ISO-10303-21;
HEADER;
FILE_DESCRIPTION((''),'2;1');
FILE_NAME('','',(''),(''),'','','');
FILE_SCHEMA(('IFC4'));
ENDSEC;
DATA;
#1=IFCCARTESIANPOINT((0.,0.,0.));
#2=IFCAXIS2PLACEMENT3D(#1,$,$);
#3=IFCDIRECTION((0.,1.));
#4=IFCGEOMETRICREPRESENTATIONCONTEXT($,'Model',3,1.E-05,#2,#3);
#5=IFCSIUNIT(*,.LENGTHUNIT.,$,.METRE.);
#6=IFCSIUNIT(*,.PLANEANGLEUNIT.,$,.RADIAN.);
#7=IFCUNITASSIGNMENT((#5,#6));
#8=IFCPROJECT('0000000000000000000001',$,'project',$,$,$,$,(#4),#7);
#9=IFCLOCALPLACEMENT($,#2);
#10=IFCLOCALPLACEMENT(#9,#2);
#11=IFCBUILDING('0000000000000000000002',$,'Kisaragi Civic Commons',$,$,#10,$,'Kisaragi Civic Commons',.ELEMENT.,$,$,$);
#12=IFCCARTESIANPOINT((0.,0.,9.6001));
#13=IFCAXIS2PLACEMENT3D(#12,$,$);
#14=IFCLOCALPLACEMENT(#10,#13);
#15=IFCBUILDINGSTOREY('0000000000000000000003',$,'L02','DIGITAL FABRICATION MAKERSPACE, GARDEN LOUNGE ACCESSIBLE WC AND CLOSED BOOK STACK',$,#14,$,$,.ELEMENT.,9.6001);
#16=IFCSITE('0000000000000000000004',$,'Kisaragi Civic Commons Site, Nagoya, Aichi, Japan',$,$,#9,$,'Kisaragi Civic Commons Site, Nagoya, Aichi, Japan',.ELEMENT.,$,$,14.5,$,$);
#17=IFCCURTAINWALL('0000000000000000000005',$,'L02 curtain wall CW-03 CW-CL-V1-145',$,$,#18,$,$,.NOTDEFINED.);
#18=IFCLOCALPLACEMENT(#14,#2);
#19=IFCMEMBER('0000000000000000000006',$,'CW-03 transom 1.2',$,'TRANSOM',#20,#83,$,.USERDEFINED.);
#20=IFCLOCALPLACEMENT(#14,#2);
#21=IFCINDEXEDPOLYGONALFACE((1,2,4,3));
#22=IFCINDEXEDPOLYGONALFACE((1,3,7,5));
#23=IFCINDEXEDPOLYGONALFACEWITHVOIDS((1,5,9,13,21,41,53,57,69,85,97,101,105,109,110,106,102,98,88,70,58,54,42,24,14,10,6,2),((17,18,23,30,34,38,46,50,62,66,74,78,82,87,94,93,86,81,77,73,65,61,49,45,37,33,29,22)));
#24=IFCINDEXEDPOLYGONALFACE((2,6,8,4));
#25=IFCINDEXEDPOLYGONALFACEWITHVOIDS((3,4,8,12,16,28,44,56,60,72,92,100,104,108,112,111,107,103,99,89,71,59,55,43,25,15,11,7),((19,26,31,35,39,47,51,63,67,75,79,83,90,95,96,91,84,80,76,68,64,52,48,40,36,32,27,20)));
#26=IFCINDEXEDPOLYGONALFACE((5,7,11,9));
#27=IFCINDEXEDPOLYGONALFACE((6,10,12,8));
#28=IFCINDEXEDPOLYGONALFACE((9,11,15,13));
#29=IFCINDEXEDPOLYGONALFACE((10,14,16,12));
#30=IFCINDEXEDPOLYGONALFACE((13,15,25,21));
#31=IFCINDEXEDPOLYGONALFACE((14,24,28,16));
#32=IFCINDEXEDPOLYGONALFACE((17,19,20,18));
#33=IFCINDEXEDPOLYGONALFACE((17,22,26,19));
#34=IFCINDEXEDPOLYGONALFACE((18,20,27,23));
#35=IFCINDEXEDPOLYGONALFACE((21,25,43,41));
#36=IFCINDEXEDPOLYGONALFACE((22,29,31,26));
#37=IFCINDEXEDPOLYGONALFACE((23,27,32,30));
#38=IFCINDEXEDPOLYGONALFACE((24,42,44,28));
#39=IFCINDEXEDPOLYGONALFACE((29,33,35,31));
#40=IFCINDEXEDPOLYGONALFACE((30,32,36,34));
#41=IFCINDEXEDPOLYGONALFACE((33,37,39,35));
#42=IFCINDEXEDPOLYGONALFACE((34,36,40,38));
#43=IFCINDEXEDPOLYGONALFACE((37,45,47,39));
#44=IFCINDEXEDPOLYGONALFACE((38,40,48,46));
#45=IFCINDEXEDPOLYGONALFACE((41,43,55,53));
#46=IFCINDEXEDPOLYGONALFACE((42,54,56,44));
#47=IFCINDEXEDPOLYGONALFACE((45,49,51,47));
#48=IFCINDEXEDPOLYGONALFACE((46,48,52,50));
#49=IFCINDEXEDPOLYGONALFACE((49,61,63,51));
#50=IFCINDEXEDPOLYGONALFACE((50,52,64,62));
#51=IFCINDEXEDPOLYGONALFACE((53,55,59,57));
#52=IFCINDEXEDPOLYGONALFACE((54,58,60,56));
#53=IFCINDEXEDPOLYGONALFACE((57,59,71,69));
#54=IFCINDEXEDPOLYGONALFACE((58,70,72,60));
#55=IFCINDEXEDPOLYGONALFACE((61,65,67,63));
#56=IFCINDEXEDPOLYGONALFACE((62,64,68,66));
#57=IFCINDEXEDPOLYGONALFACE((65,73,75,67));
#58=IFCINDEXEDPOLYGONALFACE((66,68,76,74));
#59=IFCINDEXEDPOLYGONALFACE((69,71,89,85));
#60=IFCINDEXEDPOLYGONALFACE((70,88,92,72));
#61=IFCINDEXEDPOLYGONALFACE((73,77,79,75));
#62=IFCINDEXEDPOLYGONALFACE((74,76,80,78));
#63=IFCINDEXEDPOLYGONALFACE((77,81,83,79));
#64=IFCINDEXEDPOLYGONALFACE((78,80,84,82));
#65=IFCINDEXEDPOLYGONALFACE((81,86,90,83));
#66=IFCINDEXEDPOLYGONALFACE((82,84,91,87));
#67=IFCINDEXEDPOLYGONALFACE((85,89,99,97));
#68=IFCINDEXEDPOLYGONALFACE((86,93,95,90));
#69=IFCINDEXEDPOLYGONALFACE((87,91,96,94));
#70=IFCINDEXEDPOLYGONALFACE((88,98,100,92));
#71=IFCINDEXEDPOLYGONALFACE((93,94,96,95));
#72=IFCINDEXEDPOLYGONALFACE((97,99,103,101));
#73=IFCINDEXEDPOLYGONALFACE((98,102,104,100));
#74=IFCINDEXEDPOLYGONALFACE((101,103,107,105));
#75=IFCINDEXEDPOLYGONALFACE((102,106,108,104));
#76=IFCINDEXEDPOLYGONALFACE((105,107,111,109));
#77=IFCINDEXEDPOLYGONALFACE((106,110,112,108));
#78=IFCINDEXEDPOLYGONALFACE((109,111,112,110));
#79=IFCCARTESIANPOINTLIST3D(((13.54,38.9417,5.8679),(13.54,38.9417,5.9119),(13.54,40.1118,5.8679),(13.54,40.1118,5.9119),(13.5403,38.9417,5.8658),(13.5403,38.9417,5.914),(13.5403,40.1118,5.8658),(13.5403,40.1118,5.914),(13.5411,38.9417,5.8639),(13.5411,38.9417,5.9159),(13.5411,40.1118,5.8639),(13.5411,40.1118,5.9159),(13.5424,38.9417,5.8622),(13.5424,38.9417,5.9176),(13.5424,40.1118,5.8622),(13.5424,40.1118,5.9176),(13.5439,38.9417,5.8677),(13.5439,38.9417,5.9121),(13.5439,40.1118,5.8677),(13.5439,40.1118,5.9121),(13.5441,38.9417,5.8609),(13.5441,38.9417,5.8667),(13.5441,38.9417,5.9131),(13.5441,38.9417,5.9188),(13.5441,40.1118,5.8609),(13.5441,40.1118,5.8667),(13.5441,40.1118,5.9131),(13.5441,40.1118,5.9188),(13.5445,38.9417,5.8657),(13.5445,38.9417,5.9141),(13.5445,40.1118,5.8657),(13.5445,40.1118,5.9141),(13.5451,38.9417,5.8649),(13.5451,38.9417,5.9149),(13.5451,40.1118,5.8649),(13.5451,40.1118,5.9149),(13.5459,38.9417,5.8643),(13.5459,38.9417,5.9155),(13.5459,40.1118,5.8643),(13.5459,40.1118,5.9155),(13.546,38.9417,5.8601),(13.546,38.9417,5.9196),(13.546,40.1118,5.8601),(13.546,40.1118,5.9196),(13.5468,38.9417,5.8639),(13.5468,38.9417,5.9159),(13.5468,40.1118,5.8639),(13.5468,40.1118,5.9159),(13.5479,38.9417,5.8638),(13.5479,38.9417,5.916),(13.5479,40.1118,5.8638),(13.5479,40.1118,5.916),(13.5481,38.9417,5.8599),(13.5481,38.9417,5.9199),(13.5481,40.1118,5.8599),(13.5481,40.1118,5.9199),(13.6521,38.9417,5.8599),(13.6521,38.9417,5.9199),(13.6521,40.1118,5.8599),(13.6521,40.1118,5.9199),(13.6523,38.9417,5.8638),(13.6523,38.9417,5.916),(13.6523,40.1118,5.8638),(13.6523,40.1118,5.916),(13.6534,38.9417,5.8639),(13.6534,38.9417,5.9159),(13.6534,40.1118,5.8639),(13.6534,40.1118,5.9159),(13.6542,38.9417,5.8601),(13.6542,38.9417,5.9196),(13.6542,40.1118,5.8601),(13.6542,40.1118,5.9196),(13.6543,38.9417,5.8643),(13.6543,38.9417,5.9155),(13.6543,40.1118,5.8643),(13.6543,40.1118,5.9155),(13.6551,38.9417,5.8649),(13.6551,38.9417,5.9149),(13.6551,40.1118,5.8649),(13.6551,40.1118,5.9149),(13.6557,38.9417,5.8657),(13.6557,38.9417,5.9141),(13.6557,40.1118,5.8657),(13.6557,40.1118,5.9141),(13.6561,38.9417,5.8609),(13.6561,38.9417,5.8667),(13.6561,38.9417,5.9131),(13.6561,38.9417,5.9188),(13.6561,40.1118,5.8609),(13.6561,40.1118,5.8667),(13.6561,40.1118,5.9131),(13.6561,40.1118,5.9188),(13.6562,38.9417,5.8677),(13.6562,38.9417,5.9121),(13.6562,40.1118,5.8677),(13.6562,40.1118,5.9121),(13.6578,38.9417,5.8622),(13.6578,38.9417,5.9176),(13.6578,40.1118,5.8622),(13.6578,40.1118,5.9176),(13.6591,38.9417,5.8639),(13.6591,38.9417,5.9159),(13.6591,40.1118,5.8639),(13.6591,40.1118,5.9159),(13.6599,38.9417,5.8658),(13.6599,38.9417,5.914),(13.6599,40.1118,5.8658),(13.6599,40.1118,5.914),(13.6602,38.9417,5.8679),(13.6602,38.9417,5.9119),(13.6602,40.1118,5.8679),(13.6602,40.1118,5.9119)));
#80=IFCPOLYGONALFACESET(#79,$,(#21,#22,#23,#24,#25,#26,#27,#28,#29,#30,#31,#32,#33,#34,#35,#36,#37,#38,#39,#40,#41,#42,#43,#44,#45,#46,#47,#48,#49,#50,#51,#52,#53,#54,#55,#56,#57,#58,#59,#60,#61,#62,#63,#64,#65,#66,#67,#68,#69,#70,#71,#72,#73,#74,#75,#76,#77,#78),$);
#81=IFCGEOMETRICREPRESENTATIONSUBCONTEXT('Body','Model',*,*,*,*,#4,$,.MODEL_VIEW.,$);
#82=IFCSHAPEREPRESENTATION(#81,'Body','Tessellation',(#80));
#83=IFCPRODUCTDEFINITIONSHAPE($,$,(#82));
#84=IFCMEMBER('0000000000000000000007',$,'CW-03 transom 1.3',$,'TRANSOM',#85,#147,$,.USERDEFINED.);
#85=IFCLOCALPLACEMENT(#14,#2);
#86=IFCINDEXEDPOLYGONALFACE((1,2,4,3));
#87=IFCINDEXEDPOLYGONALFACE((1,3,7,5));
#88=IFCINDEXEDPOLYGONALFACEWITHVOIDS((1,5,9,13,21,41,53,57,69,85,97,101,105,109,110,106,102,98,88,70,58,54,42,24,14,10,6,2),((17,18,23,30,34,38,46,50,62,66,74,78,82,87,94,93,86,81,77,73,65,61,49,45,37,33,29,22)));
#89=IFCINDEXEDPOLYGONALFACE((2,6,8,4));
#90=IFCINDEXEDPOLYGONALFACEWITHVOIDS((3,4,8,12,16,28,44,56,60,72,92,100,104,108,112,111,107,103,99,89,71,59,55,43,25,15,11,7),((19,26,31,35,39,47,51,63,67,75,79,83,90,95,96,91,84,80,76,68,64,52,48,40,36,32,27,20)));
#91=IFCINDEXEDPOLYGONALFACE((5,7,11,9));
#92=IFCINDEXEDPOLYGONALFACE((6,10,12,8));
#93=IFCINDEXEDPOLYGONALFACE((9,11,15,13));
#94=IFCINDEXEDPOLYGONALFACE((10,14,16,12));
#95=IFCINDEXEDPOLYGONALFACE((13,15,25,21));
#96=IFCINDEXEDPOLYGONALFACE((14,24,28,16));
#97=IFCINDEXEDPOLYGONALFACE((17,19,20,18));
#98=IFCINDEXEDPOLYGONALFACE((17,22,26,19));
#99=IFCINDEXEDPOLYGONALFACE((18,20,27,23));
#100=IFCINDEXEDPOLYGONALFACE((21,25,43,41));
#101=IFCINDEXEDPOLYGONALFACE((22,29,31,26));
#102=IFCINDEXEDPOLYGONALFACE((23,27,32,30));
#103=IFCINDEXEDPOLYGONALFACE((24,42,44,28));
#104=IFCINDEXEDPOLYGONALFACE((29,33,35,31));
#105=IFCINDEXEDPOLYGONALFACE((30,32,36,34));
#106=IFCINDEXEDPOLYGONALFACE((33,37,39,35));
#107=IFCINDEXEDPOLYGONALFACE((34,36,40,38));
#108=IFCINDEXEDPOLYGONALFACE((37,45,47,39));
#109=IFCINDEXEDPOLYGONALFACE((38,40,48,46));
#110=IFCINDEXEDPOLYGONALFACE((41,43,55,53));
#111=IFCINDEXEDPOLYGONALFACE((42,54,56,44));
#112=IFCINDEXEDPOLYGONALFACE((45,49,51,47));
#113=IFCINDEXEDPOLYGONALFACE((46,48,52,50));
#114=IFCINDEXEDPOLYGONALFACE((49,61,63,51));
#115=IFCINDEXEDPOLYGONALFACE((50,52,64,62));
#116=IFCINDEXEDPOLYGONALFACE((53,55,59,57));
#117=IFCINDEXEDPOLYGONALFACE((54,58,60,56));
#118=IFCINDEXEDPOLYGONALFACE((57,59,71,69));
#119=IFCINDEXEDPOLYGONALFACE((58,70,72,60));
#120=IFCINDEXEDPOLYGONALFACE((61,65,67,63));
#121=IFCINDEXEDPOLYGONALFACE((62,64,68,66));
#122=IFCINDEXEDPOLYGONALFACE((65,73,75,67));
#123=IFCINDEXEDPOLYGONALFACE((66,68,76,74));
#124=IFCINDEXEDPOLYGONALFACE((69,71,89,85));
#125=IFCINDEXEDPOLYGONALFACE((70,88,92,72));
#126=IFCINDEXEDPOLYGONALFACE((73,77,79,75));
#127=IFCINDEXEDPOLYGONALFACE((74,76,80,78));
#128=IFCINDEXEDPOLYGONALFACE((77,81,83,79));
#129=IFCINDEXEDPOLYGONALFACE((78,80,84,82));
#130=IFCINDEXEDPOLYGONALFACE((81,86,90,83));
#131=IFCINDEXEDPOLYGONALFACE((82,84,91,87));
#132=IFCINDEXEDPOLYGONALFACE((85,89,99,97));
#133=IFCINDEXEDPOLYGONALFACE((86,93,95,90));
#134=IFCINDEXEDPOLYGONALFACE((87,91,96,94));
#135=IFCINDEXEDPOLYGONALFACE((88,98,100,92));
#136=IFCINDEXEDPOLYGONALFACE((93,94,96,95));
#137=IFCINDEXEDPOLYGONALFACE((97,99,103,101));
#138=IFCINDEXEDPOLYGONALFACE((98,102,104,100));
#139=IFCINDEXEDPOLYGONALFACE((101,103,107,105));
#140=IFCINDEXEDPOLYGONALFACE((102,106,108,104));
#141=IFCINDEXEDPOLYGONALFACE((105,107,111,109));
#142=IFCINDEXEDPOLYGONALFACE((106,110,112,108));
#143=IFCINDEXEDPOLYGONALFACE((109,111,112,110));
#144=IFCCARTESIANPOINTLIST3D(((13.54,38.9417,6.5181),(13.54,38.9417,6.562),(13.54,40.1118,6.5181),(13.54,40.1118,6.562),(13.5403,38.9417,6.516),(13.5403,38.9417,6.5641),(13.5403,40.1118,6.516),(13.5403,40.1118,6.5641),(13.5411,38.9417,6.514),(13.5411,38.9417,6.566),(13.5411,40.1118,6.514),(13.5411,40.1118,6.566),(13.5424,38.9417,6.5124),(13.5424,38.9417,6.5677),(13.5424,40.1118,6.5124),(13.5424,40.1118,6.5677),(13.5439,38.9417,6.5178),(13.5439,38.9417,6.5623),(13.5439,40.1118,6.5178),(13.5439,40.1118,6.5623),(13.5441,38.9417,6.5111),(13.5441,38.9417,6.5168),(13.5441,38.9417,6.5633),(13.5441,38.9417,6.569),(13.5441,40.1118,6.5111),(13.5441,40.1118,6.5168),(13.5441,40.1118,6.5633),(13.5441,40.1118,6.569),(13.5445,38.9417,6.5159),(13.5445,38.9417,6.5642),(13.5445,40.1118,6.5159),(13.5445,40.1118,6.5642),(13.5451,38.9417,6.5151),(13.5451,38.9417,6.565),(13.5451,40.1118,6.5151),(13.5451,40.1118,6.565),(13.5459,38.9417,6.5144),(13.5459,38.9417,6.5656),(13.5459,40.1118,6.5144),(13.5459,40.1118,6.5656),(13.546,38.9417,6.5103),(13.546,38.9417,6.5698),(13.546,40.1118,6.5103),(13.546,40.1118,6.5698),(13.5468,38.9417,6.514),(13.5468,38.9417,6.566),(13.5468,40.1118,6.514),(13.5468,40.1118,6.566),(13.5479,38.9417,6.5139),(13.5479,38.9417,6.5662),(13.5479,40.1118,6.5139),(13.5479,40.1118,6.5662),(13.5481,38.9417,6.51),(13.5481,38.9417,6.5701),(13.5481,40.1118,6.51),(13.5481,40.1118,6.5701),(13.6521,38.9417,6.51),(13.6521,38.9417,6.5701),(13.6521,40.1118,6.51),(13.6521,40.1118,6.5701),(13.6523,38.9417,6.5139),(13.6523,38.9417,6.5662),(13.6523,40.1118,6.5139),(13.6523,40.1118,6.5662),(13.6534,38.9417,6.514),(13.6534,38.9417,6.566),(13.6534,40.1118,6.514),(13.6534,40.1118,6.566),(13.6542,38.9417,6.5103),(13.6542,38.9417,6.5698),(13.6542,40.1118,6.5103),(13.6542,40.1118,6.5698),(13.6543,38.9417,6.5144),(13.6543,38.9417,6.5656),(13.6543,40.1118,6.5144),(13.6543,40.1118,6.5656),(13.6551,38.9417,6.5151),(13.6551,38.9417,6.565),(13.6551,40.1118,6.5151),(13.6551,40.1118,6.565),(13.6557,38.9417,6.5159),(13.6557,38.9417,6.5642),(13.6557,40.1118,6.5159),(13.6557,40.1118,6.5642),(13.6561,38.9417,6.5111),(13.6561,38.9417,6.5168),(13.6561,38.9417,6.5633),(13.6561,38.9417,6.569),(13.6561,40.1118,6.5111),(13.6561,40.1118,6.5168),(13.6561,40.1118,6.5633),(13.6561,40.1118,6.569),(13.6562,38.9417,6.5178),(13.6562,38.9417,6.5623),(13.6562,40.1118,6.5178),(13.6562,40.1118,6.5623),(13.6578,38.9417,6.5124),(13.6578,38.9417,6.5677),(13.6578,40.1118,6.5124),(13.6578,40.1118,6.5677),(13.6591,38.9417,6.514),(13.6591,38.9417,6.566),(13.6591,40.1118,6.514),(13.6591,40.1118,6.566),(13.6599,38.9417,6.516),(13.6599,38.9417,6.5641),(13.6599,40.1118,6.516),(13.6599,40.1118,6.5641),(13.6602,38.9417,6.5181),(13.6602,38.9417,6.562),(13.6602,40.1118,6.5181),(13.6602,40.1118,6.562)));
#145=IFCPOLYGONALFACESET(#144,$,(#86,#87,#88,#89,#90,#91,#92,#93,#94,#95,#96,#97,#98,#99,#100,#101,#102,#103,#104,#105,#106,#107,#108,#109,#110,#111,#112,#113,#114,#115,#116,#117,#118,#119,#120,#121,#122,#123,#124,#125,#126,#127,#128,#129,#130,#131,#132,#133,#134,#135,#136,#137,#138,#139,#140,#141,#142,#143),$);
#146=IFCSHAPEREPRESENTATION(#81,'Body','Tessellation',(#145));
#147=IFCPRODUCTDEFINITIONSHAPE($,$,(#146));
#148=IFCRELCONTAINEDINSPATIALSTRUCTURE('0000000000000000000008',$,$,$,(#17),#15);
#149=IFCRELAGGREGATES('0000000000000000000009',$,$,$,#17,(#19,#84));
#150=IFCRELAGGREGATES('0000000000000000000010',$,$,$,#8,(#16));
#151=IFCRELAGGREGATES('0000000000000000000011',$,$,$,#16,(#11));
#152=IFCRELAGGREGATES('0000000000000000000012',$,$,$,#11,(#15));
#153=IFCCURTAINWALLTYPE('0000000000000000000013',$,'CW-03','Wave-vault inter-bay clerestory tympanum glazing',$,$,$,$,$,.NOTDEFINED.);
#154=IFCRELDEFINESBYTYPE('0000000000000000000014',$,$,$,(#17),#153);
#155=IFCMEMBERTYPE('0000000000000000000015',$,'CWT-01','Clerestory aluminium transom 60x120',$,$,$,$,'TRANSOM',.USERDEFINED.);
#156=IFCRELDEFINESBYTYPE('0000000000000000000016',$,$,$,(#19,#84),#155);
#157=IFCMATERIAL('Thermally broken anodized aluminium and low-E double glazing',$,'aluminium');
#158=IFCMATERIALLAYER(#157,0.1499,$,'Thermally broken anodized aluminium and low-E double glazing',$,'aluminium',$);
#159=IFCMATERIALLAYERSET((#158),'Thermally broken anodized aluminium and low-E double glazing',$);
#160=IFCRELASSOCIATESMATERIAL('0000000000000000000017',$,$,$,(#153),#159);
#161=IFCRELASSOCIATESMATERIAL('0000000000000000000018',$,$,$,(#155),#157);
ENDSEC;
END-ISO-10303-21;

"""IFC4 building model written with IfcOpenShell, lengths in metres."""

from ifc_helpers import new_model, si_unit, direction, frame, origin, origin_2d, place, context, subcontext, project, spatial, hollow_rectangle, extrude, material, layer, layer_set, material_profile, profile_set, type_object, element, aggregate, save


model = new_model("IFC4")

# Units and contexts
model_context = context("Model", 3, precision=1e-05, world=origin(), true_north=direction((0.0, 1.0)))
body_context = subcontext(model_context, "Body", "Model", "MODEL_VIEW")
ifc_project = project(units=[si_unit("LENGTHUNIT", "METRE"), si_unit("PLANEANGLEUNIT", "RADIAN")], contexts=[model_context])

# Site, building, storey
site_placement = place(None, origin())
site = spatial("IfcSite", under=ifc_project, at=site_placement, Name="Kisaragi Civic Commons Site, Nagoya, Aichi, Japan", LongName="Kisaragi Civic Commons Site, Nagoya, Aichi, Japan", CompositionType="ELEMENT", RefElevation=14.5)
building_placement = place(site_placement, origin())
building = spatial("IfcBuilding", under=site, at=building_placement, Name="Kisaragi Civic Commons", LongName="Kisaragi Civic Commons", CompositionType="ELEMENT")
storey_placement = place(building_placement, frame((0.0, 0.0, 9.6001)))
storey = spatial("IfcBuildingStorey", under=building, at=storey_placement, Name="L02", Description="DIGITAL FABRICATION MAKERSPACE, GARDEN LOUNGE ACCESSIBLE WC AND CLOSED BOOK STACK", CompositionType="ELEMENT", Elevation=9.6001)

# Curtain wall, members
ifc_material_1 = material(Name="Thermally broken anodized aluminium and low-E double glazing", Category="aluminium")
ifc_layer_1 = layer(ifc_material_1, 0.1499, Name="Thermally broken anodized aluminium and low-E double glazing", Category="aluminium")
ifc_layer_set_1 = layer_set([ifc_layer_1], Name="Thermally broken anodized aluminium and low-E double glazing")
curtain_wall_type = type_object("IfcCurtainWallType", Name="CW-03", Description="Wave-vault inter-bay clerestory tympanum glazing", PredefinedType="NOTDEFINED", material=ifc_layer_set_1)
curtain_wall_placement = place(storey_placement, origin())
curtain_wall = element("IfcCurtainWall", 1, at=curtain_wall_placement, inside=storey, type_object=curtain_wall_type, Name="L02 curtain wall CW-03 CW-CL-V1-145", PredefinedType="NOTDEFINED")
ifc_material_profile_1 = material_profile(ifc_material_1, hollow_rectangle(XDim=0.1201, YDim=0.0601, WallThickness=0.0039, InnerFilletRadius=0.0039, OuterFilletRadius=0.0081, at=origin_2d()), Name="CWT-60x120x4", Category="aluminium")
ifc_profile_set_1 = profile_set([ifc_material_profile_1], Name="Thermally broken anodized aluminium and low-E double glazing")
member_type_1 = type_object("IfcMemberType", Name="CWT-01", Description="Clerestory aluminium transom 60x120", ElementType="TRANSOM", PredefinedType="USERDEFINED", material=ifc_profile_set_1)
member_1_placement = place(storey_placement, frame((13.6001, 38.9417, 5.8899), z_axis=(0.0, 1.0, 0.0), x_axis=(-1.0, 0.0, 0.0)))
member_1 = element("IfcMember", 2, at=member_1_placement, type_object=member_type_1, Name="CW-03 transom 1.2", ObjectType="TRANSOM", PredefinedType="USERDEFINED", context=body_context, shape_type="SweptSolid", body=[
    extrude(hollow_rectangle(XDim=0.1201, YDim=0.0601, WallThickness=0.0039, InnerFilletRadius=0.0039, OuterFilletRadius=0.0081, at=origin_2d()), origin(), (0.0, 0.0, 1.0), 1.1702),
])
member_2_placement = place(storey_placement, frame((13.6001, 38.9417, 6.54), z_axis=(0.0, 1.0, 0.0), x_axis=(-1.0, 0.0, 0.0)))
member_2 = element("IfcMember", 3, at=member_2_placement, type_object=member_type_1, Name="CW-03 transom 1.3", ObjectType="TRANSOM", PredefinedType="USERDEFINED", context=body_context, shape_type="SweptSolid", body=[
    extrude(hollow_rectangle(XDim=0.1201, YDim=0.0601, WallThickness=0.0039, InnerFilletRadius=0.0039, OuterFilletRadius=0.0081, at=origin_2d()), origin(), (0.0, 0.0, 1.0), 1.1702),
])

aggregate(curtain_wall, [member_1, member_2])

save(model, "model.ifc")
